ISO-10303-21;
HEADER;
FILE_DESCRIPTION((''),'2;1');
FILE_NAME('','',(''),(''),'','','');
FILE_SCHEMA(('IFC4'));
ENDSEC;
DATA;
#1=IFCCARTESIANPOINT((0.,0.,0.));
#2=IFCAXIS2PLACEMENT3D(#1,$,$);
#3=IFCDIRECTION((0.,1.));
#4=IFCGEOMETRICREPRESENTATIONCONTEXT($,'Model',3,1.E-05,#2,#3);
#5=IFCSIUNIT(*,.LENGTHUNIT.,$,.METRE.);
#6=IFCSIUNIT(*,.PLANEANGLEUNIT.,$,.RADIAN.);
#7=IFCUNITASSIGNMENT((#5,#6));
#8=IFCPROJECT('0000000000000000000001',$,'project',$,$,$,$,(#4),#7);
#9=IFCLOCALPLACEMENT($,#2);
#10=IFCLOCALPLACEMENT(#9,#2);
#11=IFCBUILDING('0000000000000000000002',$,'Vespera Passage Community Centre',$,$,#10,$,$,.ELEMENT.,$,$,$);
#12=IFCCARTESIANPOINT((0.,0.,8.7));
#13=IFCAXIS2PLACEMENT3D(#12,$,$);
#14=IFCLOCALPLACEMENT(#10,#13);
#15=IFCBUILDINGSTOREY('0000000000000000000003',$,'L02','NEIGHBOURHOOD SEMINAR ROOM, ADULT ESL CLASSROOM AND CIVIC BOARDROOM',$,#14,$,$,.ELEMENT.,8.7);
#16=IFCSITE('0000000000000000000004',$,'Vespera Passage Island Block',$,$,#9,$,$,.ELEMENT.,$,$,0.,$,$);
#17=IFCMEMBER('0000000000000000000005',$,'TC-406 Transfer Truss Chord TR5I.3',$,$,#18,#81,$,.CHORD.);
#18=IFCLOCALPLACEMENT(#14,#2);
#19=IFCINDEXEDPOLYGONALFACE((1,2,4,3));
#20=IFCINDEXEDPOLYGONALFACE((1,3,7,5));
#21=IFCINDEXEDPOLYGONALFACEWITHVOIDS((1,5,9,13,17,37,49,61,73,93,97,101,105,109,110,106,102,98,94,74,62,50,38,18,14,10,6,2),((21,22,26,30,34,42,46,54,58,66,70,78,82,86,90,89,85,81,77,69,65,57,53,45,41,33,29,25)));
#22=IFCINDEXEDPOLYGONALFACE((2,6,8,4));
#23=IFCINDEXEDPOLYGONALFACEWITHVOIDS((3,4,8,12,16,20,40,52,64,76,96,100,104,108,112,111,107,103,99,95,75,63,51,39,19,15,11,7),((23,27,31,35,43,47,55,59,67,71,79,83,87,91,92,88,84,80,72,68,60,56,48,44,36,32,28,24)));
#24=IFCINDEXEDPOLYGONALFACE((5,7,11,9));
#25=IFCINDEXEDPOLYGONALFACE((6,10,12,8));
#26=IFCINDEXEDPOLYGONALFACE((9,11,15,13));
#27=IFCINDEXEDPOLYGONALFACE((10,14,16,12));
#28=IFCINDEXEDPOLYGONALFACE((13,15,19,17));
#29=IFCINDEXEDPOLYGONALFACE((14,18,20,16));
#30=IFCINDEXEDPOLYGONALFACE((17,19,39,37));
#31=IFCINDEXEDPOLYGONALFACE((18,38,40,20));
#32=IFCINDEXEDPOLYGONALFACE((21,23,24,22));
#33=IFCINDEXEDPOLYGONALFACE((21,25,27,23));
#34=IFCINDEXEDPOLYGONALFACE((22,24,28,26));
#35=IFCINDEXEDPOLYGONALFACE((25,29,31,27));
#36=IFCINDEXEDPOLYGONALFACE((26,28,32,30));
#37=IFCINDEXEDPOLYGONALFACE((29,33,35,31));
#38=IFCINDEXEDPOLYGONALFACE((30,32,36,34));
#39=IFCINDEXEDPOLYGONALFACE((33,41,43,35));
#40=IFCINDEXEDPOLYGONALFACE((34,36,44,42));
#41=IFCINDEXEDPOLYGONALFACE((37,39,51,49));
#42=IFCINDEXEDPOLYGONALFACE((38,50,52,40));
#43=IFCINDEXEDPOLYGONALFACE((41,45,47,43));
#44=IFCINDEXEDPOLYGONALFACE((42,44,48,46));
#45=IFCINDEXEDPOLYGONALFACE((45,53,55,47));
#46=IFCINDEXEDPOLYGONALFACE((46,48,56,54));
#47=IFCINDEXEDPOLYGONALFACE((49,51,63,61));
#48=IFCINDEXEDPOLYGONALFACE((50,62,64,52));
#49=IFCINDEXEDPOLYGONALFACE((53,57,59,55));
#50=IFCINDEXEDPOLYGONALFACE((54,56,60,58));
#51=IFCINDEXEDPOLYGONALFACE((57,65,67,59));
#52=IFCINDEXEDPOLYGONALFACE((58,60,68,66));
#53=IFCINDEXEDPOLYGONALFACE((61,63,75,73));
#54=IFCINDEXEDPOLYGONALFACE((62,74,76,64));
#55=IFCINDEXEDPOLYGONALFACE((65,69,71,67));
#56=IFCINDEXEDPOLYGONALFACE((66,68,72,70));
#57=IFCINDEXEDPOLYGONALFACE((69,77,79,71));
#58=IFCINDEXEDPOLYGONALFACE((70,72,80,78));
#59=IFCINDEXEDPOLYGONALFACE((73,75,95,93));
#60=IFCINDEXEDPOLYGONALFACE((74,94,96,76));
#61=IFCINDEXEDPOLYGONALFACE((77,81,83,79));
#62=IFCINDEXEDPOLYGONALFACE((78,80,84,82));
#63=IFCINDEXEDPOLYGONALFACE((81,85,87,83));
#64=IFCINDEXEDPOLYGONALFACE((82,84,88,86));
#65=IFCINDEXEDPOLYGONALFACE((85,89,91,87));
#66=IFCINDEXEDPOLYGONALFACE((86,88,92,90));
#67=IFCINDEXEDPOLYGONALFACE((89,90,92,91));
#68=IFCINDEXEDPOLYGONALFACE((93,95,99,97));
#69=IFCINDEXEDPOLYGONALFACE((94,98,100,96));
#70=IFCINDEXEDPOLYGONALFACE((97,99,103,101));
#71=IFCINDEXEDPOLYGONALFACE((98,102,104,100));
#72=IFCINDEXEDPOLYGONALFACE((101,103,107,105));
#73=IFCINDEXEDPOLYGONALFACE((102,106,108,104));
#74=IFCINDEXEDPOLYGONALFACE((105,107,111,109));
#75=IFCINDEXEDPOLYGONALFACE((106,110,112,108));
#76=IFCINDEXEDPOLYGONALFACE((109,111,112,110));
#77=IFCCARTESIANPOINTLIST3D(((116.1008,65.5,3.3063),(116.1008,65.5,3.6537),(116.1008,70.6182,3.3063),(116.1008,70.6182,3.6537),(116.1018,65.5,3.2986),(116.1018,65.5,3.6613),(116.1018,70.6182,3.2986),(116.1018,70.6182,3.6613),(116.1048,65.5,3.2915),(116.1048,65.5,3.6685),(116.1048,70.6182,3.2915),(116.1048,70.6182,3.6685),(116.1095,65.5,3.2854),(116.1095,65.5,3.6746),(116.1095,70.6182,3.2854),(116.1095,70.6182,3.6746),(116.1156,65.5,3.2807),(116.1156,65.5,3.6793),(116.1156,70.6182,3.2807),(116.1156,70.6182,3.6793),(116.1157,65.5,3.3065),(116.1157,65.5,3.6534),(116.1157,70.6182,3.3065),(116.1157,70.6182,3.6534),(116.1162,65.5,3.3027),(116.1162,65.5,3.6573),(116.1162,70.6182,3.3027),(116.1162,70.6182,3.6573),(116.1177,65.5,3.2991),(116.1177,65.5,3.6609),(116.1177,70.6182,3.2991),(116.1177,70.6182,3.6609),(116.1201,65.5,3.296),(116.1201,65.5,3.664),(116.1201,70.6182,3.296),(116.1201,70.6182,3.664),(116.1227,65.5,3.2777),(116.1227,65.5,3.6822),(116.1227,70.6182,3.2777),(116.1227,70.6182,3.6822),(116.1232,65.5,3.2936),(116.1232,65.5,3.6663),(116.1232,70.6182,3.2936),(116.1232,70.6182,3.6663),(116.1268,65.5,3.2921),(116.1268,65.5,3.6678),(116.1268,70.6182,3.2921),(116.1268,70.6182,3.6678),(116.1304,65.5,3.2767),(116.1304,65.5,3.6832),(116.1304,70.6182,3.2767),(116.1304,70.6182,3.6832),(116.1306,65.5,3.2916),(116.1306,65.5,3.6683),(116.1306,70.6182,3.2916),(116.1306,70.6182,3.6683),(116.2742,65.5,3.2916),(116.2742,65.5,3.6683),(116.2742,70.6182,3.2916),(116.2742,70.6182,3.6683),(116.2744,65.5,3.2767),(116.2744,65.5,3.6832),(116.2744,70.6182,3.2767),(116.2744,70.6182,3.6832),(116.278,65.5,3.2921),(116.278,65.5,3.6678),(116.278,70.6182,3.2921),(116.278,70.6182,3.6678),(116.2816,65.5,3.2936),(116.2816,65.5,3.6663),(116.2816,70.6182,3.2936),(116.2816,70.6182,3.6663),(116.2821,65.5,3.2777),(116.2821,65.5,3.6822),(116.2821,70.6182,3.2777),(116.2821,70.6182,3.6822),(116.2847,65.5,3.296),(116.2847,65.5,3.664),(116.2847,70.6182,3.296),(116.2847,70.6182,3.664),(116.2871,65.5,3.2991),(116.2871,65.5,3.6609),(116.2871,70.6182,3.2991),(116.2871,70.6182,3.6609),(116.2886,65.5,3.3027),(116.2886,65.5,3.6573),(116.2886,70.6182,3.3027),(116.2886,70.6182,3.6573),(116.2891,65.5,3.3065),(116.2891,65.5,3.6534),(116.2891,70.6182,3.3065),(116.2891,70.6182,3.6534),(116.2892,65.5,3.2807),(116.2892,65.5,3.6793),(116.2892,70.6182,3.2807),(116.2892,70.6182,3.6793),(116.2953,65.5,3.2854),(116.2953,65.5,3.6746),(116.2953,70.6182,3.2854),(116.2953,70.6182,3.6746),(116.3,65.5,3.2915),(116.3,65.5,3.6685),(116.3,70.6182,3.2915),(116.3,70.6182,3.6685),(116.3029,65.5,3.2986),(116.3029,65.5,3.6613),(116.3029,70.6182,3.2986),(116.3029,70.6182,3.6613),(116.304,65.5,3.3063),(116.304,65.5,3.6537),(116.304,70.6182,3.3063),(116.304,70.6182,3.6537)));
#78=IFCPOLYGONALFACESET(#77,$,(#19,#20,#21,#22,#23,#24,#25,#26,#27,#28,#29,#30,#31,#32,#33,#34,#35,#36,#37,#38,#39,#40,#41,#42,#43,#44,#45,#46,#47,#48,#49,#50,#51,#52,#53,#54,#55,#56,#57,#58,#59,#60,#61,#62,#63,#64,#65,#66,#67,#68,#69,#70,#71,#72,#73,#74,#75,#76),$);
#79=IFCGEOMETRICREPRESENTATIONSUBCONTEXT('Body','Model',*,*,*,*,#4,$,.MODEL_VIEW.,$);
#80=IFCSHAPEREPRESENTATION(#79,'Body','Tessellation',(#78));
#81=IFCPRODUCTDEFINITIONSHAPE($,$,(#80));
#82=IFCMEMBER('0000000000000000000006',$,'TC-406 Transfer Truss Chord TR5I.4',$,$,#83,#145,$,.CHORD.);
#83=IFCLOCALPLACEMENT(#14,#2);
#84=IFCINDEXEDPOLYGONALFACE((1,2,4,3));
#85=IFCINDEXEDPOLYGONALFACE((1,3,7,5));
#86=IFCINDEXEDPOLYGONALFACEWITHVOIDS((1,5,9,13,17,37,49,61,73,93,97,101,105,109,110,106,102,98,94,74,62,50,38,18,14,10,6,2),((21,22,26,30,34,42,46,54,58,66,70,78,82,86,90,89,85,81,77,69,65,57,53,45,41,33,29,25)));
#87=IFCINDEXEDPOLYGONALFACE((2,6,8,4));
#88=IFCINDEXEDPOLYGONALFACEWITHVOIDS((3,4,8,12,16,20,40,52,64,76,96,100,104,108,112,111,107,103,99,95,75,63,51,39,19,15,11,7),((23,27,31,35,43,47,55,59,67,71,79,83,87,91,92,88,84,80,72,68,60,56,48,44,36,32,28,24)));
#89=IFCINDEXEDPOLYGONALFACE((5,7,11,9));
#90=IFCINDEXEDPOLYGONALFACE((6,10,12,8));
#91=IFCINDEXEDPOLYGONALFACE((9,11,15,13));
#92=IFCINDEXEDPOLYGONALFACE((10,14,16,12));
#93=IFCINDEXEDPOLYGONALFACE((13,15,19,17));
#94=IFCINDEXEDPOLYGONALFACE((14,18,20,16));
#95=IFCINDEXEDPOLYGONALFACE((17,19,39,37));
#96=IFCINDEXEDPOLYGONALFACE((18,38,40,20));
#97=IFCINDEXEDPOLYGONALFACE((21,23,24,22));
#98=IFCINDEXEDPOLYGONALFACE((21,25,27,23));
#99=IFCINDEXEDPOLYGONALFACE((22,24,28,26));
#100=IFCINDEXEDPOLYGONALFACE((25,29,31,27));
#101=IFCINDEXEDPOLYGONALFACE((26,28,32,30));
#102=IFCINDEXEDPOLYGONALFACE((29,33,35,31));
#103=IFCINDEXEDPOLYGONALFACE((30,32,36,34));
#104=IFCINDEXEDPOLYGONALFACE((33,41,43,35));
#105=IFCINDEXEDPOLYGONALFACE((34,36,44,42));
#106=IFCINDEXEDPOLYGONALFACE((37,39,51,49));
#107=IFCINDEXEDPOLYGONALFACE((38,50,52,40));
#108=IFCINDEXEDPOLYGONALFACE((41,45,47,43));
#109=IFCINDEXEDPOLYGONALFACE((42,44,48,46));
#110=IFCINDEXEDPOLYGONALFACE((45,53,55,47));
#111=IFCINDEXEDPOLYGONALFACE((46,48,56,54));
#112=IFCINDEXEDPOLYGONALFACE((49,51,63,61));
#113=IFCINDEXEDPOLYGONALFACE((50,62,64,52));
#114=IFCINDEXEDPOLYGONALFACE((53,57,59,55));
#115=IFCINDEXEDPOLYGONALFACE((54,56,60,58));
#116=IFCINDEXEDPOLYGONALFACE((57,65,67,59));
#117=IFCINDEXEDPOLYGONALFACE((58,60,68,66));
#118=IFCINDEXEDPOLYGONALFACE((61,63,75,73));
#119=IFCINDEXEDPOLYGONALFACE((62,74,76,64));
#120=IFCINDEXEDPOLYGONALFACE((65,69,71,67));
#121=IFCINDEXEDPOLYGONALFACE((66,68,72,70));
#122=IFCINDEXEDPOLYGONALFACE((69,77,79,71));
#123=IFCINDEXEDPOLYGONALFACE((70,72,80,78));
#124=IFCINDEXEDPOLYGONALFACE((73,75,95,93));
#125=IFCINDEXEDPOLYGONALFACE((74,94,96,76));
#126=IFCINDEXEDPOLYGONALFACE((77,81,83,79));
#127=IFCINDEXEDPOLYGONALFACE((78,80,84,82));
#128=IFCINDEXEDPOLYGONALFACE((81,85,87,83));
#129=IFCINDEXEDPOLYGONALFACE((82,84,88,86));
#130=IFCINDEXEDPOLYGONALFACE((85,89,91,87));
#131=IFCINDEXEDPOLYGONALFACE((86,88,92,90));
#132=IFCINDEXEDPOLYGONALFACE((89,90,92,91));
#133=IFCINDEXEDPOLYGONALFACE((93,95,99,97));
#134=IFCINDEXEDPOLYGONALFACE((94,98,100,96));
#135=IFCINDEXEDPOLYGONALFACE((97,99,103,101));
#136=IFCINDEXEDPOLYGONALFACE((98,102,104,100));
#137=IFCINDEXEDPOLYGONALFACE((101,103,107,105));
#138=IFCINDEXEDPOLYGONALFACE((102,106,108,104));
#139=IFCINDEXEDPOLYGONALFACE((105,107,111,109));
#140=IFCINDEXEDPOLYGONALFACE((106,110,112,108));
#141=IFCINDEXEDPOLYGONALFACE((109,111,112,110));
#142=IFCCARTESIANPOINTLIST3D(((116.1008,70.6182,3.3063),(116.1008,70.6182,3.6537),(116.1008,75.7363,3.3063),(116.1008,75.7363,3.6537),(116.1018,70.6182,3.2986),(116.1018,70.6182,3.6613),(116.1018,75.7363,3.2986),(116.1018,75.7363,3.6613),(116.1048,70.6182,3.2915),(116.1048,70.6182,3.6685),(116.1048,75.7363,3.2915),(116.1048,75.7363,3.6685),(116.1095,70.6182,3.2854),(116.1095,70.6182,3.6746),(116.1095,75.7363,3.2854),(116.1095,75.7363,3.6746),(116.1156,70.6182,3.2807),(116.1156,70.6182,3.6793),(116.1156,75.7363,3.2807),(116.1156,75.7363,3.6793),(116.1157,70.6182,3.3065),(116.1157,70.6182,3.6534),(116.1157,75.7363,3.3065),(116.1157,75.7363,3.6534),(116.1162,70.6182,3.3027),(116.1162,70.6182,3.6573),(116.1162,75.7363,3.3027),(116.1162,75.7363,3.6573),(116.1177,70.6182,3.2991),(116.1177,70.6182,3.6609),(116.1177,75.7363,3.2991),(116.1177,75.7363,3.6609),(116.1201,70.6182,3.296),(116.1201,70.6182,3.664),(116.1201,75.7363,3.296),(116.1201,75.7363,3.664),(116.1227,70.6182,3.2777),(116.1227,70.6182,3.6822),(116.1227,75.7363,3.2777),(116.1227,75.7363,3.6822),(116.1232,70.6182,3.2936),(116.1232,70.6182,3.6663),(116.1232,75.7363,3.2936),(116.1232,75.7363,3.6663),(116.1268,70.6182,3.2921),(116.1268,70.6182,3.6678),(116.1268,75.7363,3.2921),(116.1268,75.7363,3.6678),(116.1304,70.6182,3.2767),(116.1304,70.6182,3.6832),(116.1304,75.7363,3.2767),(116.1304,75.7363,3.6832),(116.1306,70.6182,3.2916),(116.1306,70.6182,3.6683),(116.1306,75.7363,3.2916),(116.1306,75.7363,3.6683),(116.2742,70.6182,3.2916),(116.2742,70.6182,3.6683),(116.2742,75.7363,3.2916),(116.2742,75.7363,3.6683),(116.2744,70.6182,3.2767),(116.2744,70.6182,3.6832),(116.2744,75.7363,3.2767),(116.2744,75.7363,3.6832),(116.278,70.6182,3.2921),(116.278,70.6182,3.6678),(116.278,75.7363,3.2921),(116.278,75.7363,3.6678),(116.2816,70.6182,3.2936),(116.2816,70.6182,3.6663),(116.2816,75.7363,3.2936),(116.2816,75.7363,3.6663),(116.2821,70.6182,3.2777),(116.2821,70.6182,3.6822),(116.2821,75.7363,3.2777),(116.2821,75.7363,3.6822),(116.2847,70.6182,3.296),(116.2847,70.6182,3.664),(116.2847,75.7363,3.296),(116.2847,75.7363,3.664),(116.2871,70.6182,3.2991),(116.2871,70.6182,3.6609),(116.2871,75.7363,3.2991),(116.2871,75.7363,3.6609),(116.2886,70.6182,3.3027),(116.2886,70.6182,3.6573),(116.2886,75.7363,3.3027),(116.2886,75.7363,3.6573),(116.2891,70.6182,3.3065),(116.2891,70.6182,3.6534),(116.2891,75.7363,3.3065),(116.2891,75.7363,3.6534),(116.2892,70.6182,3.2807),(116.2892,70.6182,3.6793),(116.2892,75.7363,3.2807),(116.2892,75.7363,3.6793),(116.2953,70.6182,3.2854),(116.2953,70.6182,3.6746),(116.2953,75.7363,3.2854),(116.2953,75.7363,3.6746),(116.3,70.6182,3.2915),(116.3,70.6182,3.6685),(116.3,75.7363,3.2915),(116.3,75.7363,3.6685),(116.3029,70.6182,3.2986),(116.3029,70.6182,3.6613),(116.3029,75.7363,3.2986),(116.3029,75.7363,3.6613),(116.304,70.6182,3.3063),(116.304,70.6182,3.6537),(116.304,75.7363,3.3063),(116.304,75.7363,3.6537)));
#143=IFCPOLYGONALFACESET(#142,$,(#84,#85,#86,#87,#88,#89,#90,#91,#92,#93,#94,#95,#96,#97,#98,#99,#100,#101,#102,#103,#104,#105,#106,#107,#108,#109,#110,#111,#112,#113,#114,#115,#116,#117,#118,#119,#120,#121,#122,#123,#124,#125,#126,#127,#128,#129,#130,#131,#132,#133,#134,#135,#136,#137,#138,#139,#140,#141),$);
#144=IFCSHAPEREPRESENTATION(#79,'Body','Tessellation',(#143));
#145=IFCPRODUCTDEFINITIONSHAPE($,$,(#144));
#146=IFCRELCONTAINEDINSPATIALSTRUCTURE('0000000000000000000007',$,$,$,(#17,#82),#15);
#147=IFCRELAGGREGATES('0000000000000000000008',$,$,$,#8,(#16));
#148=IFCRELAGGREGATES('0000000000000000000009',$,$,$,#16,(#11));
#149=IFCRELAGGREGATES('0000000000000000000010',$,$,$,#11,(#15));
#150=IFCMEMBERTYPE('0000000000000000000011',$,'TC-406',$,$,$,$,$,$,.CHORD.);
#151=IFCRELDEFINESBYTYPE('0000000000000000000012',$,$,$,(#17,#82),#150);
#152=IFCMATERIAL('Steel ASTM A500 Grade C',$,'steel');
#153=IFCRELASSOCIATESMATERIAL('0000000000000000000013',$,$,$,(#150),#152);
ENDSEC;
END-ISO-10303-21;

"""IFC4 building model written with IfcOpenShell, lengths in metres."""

from ifc_helpers import new_model, si_unit, direction, frame, origin, origin_2d, place, context, subcontext, project, spatial, hollow_rectangle, extrude, material, material_profile, profile_set, type_object, element, save


model = new_model("IFC4")

# Units and contexts
model_context = context("Model", 3, precision=1e-05, world=origin(), true_north=direction((0.0, 1.0)))
body_context = subcontext(model_context, "Body", "Model", "MODEL_VIEW")
ifc_project = project(units=[si_unit("LENGTHUNIT", "METRE"), si_unit("PLANEANGLEUNIT", "RADIAN")], contexts=[model_context])

# Site, building, storey
site_placement = place(None, origin())
site = spatial("IfcSite", under=ifc_project, at=site_placement, Name="Vespera Passage Island Block", CompositionType="ELEMENT", RefElevation=0.0)
building_placement = place(site_placement, origin())
building = spatial("IfcBuilding", under=site, at=building_placement, Name="Vespera Passage Community Centre", CompositionType="ELEMENT")
storey_placement = place(building_placement, frame((0.0, 0.0, 8.7)))
storey = spatial("IfcBuildingStorey", under=building, at=storey_placement, Name="L02", Description="NEIGHBOURHOOD SEMINAR ROOM, ADULT ESL CLASSROOM AND CIVIC BOARDROOM", CompositionType="ELEMENT", Elevation=8.7)

# Members
ifc_material_1 = material(Name="Steel ASTM A500 Grade C", Category="steel")
ifc_material_profile_1 = material_profile(ifc_material_1, hollow_rectangle(XDim=0.2031, YDim=0.4065, WallThickness=0.0149, InnerFilletRadius=0.0149, OuterFilletRadius=0.0295, at=origin_2d()), Name="HSS406X203X15.9")
ifc_profile_set_1 = profile_set([ifc_material_profile_1], Name="Steel ASTM A500 Grade C")
member_type_1 = type_object("IfcMemberType", Name="TC-406", PredefinedType="CHORD", material=ifc_profile_set_1)
for number, where, z_axis, x_axis, name in (
    (1, (116.2024, 65.5, 3.48), (0.0, 1.0, 0.0), (-1.0, 0.0, 0.0), "TC-406 Transfer Truss Chord TR5I.3"),
    (2, (116.2024, 70.6182, 3.48), (0.0, 1.0, 0.0), (-1.0, 0.0, 0.0), "TC-406 Transfer Truss Chord TR5I.4"),
):
    element("IfcMember", number, at=place(storey_placement, frame(where, z_axis=z_axis, x_axis=x_axis)), inside=storey, type_object=member_type_1, Name=name, PredefinedType="CHORD", context=body_context, shape_type="SweptSolid", body=[
        extrude(hollow_rectangle(XDim=0.2031, YDim=0.4065, WallThickness=0.0149, InnerFilletRadius=0.0149, OuterFilletRadius=0.0295, at=origin_2d()), origin(), (0.0, 0.0, 1.0), 5.1182),
    ])

save(model, "model.ifc")
